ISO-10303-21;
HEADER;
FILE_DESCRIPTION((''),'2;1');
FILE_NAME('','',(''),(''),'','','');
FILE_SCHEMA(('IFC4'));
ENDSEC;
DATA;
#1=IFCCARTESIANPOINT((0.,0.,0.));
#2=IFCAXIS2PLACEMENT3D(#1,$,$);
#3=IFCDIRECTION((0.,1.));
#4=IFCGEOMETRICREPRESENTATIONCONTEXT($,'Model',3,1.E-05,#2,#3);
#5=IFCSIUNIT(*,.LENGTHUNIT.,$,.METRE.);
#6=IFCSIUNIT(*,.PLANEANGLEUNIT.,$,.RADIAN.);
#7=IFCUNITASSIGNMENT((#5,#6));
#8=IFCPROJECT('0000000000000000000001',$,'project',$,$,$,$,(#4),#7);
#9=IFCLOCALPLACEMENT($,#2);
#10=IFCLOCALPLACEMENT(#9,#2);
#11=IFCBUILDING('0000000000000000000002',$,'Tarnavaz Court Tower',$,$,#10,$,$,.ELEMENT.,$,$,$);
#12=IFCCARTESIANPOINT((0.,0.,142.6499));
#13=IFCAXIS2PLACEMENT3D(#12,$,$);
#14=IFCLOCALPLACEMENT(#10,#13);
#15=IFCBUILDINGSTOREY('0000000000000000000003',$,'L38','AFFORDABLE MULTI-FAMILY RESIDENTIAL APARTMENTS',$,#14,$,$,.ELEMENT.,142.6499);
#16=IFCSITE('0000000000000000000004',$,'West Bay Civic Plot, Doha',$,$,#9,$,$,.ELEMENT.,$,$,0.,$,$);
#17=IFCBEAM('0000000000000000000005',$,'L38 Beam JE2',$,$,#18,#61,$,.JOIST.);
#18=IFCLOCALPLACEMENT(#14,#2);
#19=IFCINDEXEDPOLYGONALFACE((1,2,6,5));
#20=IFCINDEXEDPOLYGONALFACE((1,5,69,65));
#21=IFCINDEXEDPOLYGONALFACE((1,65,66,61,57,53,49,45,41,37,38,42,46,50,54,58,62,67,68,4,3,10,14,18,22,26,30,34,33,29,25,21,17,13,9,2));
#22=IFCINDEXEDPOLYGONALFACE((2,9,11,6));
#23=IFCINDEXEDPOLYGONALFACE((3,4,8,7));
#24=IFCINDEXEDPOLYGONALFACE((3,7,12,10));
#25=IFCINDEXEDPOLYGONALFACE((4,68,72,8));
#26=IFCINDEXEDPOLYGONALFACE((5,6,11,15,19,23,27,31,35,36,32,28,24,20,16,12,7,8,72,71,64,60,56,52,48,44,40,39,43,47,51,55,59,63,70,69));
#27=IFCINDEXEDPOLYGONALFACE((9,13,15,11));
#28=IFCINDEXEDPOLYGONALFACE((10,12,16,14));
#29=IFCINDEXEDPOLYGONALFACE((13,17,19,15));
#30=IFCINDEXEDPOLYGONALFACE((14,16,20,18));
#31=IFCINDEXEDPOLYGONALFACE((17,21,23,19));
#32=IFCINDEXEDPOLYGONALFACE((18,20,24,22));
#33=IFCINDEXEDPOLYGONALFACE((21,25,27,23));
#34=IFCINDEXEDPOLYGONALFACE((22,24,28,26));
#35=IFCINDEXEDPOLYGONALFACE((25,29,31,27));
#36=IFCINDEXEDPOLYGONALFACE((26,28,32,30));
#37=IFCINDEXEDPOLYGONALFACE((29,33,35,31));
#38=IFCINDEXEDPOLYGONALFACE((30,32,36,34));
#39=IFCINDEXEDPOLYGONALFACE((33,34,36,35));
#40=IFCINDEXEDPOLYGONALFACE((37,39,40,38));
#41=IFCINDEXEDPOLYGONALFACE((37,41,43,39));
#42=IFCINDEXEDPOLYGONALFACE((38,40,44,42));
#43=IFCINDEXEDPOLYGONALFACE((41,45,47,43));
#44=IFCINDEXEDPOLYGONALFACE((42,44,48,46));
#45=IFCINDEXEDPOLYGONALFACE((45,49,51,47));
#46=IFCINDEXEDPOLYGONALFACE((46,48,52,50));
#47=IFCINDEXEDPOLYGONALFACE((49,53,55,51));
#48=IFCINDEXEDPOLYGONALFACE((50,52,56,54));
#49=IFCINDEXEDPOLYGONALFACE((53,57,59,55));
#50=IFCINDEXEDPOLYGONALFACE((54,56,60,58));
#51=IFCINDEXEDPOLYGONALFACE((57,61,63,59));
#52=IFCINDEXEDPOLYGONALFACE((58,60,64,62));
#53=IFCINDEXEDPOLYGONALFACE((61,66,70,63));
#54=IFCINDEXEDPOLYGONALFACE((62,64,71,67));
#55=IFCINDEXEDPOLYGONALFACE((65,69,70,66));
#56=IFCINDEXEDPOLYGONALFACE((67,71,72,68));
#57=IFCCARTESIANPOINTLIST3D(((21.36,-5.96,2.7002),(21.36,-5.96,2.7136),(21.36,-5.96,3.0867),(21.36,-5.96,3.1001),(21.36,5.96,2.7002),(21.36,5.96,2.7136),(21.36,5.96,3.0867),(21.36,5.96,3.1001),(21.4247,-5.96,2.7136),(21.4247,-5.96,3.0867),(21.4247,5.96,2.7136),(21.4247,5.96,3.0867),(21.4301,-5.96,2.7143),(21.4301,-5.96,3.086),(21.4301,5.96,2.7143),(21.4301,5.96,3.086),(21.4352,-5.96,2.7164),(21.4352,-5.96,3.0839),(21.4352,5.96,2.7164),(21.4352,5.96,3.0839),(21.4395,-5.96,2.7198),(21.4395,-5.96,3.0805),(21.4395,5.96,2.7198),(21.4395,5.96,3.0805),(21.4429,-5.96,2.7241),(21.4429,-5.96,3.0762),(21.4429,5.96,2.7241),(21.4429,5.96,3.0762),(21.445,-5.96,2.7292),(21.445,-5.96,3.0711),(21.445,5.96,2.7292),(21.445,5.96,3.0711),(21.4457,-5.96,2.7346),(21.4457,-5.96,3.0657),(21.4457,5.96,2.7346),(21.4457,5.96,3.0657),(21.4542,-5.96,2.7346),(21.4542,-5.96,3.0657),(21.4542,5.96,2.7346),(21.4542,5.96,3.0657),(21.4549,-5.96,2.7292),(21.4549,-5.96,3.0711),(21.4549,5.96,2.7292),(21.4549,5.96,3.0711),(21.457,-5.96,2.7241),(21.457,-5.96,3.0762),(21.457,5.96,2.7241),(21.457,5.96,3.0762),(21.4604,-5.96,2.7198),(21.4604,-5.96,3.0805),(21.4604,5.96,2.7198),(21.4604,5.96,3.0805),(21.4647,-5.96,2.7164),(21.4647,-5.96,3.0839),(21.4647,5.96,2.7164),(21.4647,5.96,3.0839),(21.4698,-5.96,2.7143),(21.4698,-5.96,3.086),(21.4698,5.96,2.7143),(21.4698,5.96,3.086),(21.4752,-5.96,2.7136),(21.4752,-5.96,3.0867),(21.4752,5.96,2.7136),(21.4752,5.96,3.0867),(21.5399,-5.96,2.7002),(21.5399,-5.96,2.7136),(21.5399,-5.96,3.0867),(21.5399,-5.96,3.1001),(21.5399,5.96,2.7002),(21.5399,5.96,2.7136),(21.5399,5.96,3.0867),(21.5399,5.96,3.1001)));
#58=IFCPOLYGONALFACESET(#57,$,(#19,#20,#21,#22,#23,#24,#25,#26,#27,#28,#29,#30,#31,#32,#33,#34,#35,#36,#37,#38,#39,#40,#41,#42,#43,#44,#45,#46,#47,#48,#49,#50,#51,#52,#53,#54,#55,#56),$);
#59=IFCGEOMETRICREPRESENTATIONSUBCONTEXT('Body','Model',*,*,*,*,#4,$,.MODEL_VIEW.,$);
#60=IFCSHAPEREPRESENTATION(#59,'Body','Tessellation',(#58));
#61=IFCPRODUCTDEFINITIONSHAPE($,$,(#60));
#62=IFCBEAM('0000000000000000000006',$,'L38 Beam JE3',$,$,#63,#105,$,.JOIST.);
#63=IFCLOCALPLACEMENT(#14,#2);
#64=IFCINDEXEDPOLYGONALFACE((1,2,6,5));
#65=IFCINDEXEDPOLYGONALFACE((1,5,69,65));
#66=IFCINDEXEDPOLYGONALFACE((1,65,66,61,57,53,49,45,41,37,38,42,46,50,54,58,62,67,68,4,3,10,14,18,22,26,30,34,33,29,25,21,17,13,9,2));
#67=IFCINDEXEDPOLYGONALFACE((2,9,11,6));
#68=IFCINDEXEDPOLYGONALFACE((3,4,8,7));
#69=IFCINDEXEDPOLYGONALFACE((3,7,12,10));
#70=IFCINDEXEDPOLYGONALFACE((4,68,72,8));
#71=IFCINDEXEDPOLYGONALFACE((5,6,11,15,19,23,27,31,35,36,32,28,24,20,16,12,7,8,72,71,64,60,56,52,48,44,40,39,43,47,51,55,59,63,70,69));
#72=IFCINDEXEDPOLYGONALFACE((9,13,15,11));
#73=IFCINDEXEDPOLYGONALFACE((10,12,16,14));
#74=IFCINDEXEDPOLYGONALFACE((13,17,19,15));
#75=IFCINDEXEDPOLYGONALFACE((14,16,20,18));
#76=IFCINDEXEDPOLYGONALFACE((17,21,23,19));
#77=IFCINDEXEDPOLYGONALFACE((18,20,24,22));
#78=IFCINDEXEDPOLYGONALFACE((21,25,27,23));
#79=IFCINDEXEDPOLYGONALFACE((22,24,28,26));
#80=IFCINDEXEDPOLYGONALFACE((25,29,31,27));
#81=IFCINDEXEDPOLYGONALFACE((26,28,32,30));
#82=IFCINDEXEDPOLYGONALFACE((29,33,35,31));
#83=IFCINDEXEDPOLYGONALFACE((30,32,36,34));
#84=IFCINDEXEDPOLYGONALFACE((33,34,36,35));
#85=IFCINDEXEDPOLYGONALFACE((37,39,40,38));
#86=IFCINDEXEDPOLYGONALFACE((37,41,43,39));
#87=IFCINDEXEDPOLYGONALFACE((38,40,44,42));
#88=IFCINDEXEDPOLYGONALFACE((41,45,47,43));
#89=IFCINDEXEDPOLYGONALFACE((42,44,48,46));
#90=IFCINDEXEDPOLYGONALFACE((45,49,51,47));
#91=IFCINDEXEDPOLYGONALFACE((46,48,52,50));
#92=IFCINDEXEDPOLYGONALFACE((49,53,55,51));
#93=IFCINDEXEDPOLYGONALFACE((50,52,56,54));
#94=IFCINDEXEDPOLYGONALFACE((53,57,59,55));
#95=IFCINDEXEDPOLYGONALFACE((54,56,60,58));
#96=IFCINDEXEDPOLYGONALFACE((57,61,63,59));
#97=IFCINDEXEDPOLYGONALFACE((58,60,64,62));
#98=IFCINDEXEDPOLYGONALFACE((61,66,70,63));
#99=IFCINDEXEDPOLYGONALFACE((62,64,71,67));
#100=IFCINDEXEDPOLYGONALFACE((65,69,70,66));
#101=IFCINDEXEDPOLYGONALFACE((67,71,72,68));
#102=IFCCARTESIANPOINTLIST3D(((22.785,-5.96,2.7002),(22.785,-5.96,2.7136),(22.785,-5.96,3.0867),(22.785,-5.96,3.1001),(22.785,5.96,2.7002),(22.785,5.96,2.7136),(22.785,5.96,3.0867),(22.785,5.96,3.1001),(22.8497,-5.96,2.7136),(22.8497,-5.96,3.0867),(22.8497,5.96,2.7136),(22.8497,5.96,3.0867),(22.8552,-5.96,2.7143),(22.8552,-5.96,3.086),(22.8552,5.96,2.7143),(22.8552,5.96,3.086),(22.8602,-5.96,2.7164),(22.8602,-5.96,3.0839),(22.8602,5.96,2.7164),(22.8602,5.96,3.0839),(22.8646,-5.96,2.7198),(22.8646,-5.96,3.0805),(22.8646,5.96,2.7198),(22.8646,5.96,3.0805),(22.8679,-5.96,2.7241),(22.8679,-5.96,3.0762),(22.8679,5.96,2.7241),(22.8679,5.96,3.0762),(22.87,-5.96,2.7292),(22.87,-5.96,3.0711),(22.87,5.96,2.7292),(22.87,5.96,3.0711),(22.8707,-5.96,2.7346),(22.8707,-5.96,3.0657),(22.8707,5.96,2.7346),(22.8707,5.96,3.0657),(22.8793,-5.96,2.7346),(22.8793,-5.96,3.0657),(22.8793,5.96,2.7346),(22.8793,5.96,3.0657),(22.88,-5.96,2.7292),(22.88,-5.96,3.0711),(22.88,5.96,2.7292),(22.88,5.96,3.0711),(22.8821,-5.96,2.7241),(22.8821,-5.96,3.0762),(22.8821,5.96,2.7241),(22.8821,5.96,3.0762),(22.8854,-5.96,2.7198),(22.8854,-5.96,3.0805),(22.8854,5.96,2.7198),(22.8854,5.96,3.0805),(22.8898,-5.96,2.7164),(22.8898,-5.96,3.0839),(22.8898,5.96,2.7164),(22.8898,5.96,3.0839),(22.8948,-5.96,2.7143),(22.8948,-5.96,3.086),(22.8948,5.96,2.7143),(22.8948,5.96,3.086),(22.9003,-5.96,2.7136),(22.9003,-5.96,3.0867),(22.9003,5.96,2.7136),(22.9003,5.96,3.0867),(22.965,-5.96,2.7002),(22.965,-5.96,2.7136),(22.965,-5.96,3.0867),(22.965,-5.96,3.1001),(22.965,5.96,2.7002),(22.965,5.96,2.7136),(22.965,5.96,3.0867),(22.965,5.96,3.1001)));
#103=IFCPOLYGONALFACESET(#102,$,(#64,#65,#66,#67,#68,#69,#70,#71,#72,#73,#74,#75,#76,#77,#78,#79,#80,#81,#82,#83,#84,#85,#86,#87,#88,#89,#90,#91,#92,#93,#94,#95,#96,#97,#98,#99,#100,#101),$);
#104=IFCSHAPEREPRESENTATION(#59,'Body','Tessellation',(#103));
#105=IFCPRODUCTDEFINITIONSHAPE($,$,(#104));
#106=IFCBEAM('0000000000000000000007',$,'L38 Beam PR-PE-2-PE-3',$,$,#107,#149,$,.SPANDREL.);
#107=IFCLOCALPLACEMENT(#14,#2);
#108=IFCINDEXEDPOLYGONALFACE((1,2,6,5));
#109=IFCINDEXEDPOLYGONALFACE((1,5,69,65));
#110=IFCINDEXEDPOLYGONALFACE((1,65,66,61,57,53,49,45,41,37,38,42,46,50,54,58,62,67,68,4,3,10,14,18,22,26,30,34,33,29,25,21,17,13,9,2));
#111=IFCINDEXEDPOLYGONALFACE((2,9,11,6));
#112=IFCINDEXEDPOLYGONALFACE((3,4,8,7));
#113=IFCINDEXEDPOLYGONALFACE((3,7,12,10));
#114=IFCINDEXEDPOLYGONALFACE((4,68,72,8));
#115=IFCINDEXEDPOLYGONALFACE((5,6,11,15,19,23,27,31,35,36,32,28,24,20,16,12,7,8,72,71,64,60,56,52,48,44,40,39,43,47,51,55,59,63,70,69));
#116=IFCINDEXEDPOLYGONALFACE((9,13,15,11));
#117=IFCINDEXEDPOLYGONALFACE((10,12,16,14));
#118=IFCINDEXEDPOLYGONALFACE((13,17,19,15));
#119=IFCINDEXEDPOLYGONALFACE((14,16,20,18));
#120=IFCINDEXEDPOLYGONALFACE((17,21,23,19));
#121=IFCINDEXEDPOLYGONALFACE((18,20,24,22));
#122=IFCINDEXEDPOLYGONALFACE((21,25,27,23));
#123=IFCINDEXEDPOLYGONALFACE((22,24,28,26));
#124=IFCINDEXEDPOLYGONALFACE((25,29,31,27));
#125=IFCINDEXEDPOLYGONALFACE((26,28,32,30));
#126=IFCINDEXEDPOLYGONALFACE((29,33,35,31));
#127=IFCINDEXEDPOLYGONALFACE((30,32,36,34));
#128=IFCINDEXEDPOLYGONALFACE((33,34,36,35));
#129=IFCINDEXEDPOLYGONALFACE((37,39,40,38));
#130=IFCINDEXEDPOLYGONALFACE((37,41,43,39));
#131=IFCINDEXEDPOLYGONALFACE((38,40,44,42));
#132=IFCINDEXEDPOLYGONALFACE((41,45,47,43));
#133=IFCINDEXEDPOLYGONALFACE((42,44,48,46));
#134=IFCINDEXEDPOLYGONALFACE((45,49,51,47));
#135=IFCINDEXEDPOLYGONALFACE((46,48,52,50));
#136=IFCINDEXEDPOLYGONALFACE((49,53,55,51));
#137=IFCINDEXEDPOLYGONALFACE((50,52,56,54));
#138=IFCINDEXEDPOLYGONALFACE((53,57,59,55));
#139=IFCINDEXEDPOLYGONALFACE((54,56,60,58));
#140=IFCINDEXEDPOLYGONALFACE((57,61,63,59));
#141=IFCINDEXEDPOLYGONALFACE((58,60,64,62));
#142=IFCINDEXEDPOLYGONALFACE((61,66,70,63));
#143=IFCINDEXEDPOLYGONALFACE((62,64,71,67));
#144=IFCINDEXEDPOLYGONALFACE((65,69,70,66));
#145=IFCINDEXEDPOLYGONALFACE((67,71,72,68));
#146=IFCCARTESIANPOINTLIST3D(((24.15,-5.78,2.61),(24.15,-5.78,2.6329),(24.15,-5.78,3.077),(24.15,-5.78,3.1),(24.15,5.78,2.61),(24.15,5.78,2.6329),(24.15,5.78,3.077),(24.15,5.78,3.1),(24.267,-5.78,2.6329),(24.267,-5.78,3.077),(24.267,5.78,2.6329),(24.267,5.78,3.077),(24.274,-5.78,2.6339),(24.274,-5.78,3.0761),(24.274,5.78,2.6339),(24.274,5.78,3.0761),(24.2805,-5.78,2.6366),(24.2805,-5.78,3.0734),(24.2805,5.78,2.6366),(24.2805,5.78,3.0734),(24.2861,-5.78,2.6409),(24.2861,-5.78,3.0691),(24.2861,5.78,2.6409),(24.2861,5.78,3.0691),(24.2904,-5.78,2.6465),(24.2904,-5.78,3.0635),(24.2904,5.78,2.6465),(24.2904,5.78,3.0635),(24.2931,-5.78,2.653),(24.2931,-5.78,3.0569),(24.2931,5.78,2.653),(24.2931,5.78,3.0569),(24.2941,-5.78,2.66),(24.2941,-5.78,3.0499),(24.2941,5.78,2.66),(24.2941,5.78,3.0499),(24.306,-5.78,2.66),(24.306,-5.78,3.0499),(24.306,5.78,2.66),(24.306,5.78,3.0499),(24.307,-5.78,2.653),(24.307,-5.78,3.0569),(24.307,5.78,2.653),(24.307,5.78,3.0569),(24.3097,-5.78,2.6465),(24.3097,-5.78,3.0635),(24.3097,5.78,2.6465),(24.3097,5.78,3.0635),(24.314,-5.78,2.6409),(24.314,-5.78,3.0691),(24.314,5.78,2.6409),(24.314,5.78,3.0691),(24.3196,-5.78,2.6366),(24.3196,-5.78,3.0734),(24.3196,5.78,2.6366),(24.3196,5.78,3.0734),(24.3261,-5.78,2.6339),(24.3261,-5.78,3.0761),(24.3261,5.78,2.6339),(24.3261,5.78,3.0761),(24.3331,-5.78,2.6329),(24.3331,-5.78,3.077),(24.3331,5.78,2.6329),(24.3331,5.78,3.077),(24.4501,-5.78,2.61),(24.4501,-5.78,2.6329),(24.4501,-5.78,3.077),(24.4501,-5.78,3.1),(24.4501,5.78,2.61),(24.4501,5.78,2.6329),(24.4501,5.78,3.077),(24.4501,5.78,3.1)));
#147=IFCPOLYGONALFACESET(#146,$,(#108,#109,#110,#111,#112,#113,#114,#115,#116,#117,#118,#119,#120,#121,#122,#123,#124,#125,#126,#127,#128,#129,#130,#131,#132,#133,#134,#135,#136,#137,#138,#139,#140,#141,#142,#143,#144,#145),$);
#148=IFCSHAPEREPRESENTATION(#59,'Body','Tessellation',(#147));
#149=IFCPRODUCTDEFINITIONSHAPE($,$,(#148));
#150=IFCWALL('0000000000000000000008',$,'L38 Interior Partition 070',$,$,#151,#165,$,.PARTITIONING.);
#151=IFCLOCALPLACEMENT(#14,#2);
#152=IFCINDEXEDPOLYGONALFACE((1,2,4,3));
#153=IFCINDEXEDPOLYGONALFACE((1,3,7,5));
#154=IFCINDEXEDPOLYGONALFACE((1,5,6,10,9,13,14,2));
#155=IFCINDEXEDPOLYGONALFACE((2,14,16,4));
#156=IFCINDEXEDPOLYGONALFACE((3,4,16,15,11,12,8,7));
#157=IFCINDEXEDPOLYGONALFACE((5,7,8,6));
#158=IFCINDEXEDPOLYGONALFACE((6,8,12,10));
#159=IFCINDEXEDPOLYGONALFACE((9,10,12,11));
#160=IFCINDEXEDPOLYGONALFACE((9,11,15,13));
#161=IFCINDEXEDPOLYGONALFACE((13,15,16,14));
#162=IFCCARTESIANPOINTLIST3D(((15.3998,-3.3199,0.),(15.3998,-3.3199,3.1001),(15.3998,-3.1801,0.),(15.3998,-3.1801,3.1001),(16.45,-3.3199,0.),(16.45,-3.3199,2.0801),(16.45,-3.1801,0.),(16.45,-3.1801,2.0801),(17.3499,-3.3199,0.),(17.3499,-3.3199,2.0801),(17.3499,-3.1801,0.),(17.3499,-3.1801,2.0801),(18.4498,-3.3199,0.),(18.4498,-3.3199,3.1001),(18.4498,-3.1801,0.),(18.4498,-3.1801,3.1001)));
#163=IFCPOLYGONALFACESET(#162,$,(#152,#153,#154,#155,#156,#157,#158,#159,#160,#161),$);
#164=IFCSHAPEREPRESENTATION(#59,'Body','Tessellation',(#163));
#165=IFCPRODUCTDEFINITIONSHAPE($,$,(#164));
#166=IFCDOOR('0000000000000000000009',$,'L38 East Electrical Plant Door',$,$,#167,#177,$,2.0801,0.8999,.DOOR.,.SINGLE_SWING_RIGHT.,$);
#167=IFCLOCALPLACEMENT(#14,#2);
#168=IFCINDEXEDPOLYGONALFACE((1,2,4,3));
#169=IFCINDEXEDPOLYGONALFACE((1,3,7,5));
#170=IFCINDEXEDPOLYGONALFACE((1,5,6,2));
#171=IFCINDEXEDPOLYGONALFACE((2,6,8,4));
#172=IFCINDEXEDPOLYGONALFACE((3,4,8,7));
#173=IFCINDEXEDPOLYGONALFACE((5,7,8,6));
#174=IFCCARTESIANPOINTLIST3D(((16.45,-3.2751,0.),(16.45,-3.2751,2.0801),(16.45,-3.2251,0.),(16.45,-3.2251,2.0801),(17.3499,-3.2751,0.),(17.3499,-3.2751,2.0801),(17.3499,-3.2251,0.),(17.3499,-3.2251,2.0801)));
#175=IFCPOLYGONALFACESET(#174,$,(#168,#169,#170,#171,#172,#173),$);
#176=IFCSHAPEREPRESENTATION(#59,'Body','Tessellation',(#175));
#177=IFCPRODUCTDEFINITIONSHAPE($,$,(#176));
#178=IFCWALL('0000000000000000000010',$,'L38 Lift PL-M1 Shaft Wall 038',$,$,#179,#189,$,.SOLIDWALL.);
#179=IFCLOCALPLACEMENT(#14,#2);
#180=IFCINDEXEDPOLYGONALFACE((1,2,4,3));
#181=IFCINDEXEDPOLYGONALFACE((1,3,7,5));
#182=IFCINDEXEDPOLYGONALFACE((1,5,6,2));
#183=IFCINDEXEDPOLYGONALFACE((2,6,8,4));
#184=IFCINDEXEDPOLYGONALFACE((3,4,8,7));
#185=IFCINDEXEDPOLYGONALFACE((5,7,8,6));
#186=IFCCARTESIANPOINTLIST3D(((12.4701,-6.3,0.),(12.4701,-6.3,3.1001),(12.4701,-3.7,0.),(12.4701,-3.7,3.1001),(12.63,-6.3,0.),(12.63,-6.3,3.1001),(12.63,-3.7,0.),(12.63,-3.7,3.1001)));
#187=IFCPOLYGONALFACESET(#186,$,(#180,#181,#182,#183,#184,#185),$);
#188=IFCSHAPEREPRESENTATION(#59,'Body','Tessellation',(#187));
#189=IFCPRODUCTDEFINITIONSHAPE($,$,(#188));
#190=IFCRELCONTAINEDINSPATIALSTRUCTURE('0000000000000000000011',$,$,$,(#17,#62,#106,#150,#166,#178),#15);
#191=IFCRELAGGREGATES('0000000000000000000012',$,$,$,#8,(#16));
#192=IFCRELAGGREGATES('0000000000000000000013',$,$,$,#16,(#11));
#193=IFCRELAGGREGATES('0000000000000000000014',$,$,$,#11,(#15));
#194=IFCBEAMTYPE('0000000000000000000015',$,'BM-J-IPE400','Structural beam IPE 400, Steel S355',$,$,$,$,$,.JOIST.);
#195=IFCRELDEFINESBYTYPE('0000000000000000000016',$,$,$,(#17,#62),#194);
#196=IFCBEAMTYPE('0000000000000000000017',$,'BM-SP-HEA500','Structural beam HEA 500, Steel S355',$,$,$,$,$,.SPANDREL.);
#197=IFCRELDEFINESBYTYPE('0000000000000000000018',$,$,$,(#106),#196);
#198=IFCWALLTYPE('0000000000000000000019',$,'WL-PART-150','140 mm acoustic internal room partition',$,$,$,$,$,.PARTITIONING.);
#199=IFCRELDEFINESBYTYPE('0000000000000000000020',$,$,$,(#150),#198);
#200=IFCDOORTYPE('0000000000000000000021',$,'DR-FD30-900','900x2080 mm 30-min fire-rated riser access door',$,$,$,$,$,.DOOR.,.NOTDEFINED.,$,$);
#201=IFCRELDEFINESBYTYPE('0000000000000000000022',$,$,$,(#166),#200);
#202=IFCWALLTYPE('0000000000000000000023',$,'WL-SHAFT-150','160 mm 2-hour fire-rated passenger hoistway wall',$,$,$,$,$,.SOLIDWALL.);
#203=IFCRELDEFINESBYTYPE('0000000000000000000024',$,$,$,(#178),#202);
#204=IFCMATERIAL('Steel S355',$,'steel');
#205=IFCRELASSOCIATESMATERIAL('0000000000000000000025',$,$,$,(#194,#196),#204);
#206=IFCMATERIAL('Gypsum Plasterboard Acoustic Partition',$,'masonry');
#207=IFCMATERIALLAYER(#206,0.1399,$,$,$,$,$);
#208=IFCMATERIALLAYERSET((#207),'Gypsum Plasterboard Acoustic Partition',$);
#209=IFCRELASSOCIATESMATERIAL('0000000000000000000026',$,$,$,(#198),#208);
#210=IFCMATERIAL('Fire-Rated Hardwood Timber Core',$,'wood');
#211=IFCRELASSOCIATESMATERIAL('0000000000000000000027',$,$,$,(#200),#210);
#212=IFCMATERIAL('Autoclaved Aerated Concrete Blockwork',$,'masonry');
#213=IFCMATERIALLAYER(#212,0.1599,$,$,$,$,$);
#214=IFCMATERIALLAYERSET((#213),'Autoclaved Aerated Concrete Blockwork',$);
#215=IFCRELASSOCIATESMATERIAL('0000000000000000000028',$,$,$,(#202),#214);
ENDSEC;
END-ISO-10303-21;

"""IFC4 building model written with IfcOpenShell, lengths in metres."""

from ifc_helpers import new_model, si_unit, direction, frame, frame_2d, origin, origin_2d, place, context, subcontext, project, spatial, rectangle, i_section, extrude, material, layer, layer_set, material_profile, profile_set, type_object, element, fill, save


model = new_model("IFC4")

# Units and contexts
model_context = context("Model", 3, precision=1e-05, world=origin(), true_north=direction((0.0, 1.0)))
body_context = subcontext(model_context, "Body", "Model", "MODEL_VIEW")
ifc_project = project(units=[si_unit("LENGTHUNIT", "METRE"), si_unit("PLANEANGLEUNIT", "RADIAN")], contexts=[model_context])

# Site, building, storey
site_placement = place(None, origin())
site = spatial("IfcSite", under=ifc_project, at=site_placement, Name="West Bay Civic Plot, Doha", CompositionType="ELEMENT", RefElevation=0.0)
building_placement = place(site_placement, origin())
building = spatial("IfcBuilding", under=site, at=building_placement, Name="Tarnavaz Court Tower", CompositionType="ELEMENT")
storey_placement = place(building_placement, frame((0.0, 0.0, 142.6499)))
storey = spatial("IfcBuildingStorey", under=building, at=storey_placement, Name="L38", Description="AFFORDABLE MULTI-FAMILY RESIDENTIAL APARTMENTS", CompositionType="ELEMENT", Elevation=142.6499)

# Beams
ifc_material_1 = material(Name="Steel S355", Category="steel")
ifc_material_profile_1 = material_profile(ifc_material_1, i_section(OverallWidth=0.1799, OverallDepth=0.3999, WebThickness=0.0085, FlangeThickness=0.0134, FilletRadius=0.021, at=origin_2d()), Name="IPE 400")
ifc_profile_set_1 = profile_set([ifc_material_profile_1], Name="Steel S355")
beam_type_1 = type_object("IfcBeamType", Name="BM-J-IPE400", Description="Structural beam IPE 400, Steel S355", PredefinedType="JOIST", material=ifc_profile_set_1)
for number, where, z_axis, x_axis, name in (
    (1, (21.45, -5.96, 2.9001), (0.0, 1.0, 0.0), (-1.0, 0.0, 0.0), "L38 Beam JE2"),
    (2, (22.875, -5.96, 2.9001), (0.0, 1.0, 0.0), (-1.0, 0.0, 0.0), "L38 Beam JE3"),
):
    element("IfcBeam", number, at=place(storey_placement, frame(where, z_axis=z_axis, x_axis=x_axis)), inside=storey, type_object=beam_type_1, Name=name, PredefinedType="JOIST", context=body_context, shape_type="SweptSolid", body=[
        extrude(i_section(OverallWidth=0.1799, OverallDepth=0.3999, WebThickness=0.0085, FlangeThickness=0.0134, FilletRadius=0.021, at=origin_2d()), origin(), (0.0, 0.0, 1.0), 11.9199),
    ])
ifc_material_profile_2 = material_profile(ifc_material_1, i_section(OverallWidth=0.3, OverallDepth=0.49, WebThickness=0.012, FlangeThickness=0.0229, FilletRadius=0.0271, at=origin_2d()), Name="HEA 500")
ifc_profile_set_2 = profile_set([ifc_material_profile_2], Name="Steel S355")
beam_type_2 = type_object("IfcBeamType", Name="BM-SP-HEA500", Description="Structural beam HEA 500, Steel S355", PredefinedType="SPANDREL", material=ifc_profile_set_2)
beam_1_placement = place(storey_placement, frame((24.3, -5.78, 2.855), z_axis=(0.0, 1.0, 0.0), x_axis=(-1.0, 0.0, 0.0)))
element("IfcBeam", 3, at=beam_1_placement, inside=storey, type_object=beam_type_2, Name="L38 Beam PR-PE-2-PE-3", PredefinedType="SPANDREL", context=body_context, shape_type="SweptSolid", body=[
    extrude(i_section(OverallWidth=0.3, OverallDepth=0.49, WebThickness=0.012, FlangeThickness=0.0229, FilletRadius=0.0271, at=origin_2d()), origin(), (0.0, 0.0, 1.0), 11.5601),
])

# Wall, opening, door
ifc_material_2 = material(Name="Gypsum Plasterboard Acoustic Partition", Category="masonry")
ifc_layer_1 = layer(ifc_material_2, 0.1399)
ifc_layer_set_1 = layer_set([ifc_layer_1], Name="Gypsum Plasterboard Acoustic Partition")
wall_type_1 = type_object("IfcWallType", Name="WL-PART-150", Description="140 mm acoustic internal room partition", PredefinedType="PARTITIONING", material=ifc_layer_set_1)
wall_1_placement = place(storey_placement, frame((15.3999, -3.25, 0.0), z_axis=(0.0, 0.0, 1.0), x_axis=(1.0, 0.0, 0.0)))
wall_1 = element("IfcWall", 4, at=wall_1_placement, inside=storey, type_object=wall_type_1, Name="L38 Interior Partition 070", PredefinedType="PARTITIONING", context=body_context, shape_type="SweptSolid", body=[
    extrude(rectangle(XDim=3.05, YDim=0.1399, at=frame_2d((1.5249, 0.0))), origin(), (0.0, 0.0, 1.0), 3.1001),
])
opening_1_placement = place(wall_1_placement, frame((1.05, 0.0, 0.0)))
opening_1 = element("IfcOpeningElement", 5, at=opening_1_placement, cuts=wall_1, PredefinedType="OPENING", context=body_context, shape_type="SweptSolid", body=[
    extrude(rectangle(XDim=0.8999, YDim=2.0801, at=frame_2d((0.45, 1.04))), frame((0.0, 0.0798, 0.0), z_axis=(0.0, -1.0, 0.0), x_axis=(1.0, 0.0, 0.0)), (0.0, 0.0, 1.0), 0.1599),
])
ifc_material_3 = material(Name="Fire-Rated Hardwood Timber Core", Category="wood")
door_type_1 = type_object("IfcDoorType", Name="DR-FD30-900", Description="900x2080 mm 30-min fire-rated riser access door", OperationType="NOTDEFINED", PredefinedType="DOOR", material=ifc_material_3)
door_1_placement = place(opening_1_placement, origin())
door_1 = element("IfcDoor", 6, at=door_1_placement, inside=storey, type_object=door_type_1, Name="L38 East Electrical Plant Door", OperationType="SINGLE_SWING_RIGHT", OverallHeight=2.0801, OverallWidth=0.8999, PredefinedType="DOOR", context=body_context, shape_type="SweptSolid", body=[
    extrude(rectangle(XDim=0.8999, YDim=2.0801, at=frame_2d((0.45, 1.04))), frame((0.0, 0.0249, 0.0), z_axis=(0.0, -1.0, 0.0), x_axis=(1.0, 0.0, 0.0)), (0.0, 0.0, 1.0), 0.05),
])
fill(opening_1, door_1)

# Wall
ifc_material_4 = material(Name="Autoclaved Aerated Concrete Blockwork", Category="masonry")
ifc_layer_2 = layer(ifc_material_4, 0.1599)
ifc_layer_set_2 = layer_set([ifc_layer_2], Name="Autoclaved Aerated Concrete Blockwork")
wall_type_2 = type_object("IfcWallType", Name="WL-SHAFT-150", Description="160 mm 2-hour fire-rated passenger hoistway wall", PredefinedType="SOLIDWALL", material=ifc_layer_set_2)
for number, where, z_axis, x_axis, name in (
    (7, (12.55, -6.3, 0.0), (0.0, 0.0, 1.0), (0.0, 1.0, 0.0), "L38 Lift PL-M1 Shaft Wall 038"),
):
    element("IfcWall", number, at=place(storey_placement, frame(where, z_axis=z_axis, x_axis=x_axis)), inside=storey, type_object=wall_type_2, Name=name, PredefinedType="SOLIDWALL", context=body_context, shape_type="SweptSolid", body=[
        extrude(rectangle(XDim=2.6001, YDim=0.1599, at=frame_2d((1.3, 0.0))), origin(), (0.0, 0.0, 1.0), 3.1001),
    ])

save(model, "model.ifc")
